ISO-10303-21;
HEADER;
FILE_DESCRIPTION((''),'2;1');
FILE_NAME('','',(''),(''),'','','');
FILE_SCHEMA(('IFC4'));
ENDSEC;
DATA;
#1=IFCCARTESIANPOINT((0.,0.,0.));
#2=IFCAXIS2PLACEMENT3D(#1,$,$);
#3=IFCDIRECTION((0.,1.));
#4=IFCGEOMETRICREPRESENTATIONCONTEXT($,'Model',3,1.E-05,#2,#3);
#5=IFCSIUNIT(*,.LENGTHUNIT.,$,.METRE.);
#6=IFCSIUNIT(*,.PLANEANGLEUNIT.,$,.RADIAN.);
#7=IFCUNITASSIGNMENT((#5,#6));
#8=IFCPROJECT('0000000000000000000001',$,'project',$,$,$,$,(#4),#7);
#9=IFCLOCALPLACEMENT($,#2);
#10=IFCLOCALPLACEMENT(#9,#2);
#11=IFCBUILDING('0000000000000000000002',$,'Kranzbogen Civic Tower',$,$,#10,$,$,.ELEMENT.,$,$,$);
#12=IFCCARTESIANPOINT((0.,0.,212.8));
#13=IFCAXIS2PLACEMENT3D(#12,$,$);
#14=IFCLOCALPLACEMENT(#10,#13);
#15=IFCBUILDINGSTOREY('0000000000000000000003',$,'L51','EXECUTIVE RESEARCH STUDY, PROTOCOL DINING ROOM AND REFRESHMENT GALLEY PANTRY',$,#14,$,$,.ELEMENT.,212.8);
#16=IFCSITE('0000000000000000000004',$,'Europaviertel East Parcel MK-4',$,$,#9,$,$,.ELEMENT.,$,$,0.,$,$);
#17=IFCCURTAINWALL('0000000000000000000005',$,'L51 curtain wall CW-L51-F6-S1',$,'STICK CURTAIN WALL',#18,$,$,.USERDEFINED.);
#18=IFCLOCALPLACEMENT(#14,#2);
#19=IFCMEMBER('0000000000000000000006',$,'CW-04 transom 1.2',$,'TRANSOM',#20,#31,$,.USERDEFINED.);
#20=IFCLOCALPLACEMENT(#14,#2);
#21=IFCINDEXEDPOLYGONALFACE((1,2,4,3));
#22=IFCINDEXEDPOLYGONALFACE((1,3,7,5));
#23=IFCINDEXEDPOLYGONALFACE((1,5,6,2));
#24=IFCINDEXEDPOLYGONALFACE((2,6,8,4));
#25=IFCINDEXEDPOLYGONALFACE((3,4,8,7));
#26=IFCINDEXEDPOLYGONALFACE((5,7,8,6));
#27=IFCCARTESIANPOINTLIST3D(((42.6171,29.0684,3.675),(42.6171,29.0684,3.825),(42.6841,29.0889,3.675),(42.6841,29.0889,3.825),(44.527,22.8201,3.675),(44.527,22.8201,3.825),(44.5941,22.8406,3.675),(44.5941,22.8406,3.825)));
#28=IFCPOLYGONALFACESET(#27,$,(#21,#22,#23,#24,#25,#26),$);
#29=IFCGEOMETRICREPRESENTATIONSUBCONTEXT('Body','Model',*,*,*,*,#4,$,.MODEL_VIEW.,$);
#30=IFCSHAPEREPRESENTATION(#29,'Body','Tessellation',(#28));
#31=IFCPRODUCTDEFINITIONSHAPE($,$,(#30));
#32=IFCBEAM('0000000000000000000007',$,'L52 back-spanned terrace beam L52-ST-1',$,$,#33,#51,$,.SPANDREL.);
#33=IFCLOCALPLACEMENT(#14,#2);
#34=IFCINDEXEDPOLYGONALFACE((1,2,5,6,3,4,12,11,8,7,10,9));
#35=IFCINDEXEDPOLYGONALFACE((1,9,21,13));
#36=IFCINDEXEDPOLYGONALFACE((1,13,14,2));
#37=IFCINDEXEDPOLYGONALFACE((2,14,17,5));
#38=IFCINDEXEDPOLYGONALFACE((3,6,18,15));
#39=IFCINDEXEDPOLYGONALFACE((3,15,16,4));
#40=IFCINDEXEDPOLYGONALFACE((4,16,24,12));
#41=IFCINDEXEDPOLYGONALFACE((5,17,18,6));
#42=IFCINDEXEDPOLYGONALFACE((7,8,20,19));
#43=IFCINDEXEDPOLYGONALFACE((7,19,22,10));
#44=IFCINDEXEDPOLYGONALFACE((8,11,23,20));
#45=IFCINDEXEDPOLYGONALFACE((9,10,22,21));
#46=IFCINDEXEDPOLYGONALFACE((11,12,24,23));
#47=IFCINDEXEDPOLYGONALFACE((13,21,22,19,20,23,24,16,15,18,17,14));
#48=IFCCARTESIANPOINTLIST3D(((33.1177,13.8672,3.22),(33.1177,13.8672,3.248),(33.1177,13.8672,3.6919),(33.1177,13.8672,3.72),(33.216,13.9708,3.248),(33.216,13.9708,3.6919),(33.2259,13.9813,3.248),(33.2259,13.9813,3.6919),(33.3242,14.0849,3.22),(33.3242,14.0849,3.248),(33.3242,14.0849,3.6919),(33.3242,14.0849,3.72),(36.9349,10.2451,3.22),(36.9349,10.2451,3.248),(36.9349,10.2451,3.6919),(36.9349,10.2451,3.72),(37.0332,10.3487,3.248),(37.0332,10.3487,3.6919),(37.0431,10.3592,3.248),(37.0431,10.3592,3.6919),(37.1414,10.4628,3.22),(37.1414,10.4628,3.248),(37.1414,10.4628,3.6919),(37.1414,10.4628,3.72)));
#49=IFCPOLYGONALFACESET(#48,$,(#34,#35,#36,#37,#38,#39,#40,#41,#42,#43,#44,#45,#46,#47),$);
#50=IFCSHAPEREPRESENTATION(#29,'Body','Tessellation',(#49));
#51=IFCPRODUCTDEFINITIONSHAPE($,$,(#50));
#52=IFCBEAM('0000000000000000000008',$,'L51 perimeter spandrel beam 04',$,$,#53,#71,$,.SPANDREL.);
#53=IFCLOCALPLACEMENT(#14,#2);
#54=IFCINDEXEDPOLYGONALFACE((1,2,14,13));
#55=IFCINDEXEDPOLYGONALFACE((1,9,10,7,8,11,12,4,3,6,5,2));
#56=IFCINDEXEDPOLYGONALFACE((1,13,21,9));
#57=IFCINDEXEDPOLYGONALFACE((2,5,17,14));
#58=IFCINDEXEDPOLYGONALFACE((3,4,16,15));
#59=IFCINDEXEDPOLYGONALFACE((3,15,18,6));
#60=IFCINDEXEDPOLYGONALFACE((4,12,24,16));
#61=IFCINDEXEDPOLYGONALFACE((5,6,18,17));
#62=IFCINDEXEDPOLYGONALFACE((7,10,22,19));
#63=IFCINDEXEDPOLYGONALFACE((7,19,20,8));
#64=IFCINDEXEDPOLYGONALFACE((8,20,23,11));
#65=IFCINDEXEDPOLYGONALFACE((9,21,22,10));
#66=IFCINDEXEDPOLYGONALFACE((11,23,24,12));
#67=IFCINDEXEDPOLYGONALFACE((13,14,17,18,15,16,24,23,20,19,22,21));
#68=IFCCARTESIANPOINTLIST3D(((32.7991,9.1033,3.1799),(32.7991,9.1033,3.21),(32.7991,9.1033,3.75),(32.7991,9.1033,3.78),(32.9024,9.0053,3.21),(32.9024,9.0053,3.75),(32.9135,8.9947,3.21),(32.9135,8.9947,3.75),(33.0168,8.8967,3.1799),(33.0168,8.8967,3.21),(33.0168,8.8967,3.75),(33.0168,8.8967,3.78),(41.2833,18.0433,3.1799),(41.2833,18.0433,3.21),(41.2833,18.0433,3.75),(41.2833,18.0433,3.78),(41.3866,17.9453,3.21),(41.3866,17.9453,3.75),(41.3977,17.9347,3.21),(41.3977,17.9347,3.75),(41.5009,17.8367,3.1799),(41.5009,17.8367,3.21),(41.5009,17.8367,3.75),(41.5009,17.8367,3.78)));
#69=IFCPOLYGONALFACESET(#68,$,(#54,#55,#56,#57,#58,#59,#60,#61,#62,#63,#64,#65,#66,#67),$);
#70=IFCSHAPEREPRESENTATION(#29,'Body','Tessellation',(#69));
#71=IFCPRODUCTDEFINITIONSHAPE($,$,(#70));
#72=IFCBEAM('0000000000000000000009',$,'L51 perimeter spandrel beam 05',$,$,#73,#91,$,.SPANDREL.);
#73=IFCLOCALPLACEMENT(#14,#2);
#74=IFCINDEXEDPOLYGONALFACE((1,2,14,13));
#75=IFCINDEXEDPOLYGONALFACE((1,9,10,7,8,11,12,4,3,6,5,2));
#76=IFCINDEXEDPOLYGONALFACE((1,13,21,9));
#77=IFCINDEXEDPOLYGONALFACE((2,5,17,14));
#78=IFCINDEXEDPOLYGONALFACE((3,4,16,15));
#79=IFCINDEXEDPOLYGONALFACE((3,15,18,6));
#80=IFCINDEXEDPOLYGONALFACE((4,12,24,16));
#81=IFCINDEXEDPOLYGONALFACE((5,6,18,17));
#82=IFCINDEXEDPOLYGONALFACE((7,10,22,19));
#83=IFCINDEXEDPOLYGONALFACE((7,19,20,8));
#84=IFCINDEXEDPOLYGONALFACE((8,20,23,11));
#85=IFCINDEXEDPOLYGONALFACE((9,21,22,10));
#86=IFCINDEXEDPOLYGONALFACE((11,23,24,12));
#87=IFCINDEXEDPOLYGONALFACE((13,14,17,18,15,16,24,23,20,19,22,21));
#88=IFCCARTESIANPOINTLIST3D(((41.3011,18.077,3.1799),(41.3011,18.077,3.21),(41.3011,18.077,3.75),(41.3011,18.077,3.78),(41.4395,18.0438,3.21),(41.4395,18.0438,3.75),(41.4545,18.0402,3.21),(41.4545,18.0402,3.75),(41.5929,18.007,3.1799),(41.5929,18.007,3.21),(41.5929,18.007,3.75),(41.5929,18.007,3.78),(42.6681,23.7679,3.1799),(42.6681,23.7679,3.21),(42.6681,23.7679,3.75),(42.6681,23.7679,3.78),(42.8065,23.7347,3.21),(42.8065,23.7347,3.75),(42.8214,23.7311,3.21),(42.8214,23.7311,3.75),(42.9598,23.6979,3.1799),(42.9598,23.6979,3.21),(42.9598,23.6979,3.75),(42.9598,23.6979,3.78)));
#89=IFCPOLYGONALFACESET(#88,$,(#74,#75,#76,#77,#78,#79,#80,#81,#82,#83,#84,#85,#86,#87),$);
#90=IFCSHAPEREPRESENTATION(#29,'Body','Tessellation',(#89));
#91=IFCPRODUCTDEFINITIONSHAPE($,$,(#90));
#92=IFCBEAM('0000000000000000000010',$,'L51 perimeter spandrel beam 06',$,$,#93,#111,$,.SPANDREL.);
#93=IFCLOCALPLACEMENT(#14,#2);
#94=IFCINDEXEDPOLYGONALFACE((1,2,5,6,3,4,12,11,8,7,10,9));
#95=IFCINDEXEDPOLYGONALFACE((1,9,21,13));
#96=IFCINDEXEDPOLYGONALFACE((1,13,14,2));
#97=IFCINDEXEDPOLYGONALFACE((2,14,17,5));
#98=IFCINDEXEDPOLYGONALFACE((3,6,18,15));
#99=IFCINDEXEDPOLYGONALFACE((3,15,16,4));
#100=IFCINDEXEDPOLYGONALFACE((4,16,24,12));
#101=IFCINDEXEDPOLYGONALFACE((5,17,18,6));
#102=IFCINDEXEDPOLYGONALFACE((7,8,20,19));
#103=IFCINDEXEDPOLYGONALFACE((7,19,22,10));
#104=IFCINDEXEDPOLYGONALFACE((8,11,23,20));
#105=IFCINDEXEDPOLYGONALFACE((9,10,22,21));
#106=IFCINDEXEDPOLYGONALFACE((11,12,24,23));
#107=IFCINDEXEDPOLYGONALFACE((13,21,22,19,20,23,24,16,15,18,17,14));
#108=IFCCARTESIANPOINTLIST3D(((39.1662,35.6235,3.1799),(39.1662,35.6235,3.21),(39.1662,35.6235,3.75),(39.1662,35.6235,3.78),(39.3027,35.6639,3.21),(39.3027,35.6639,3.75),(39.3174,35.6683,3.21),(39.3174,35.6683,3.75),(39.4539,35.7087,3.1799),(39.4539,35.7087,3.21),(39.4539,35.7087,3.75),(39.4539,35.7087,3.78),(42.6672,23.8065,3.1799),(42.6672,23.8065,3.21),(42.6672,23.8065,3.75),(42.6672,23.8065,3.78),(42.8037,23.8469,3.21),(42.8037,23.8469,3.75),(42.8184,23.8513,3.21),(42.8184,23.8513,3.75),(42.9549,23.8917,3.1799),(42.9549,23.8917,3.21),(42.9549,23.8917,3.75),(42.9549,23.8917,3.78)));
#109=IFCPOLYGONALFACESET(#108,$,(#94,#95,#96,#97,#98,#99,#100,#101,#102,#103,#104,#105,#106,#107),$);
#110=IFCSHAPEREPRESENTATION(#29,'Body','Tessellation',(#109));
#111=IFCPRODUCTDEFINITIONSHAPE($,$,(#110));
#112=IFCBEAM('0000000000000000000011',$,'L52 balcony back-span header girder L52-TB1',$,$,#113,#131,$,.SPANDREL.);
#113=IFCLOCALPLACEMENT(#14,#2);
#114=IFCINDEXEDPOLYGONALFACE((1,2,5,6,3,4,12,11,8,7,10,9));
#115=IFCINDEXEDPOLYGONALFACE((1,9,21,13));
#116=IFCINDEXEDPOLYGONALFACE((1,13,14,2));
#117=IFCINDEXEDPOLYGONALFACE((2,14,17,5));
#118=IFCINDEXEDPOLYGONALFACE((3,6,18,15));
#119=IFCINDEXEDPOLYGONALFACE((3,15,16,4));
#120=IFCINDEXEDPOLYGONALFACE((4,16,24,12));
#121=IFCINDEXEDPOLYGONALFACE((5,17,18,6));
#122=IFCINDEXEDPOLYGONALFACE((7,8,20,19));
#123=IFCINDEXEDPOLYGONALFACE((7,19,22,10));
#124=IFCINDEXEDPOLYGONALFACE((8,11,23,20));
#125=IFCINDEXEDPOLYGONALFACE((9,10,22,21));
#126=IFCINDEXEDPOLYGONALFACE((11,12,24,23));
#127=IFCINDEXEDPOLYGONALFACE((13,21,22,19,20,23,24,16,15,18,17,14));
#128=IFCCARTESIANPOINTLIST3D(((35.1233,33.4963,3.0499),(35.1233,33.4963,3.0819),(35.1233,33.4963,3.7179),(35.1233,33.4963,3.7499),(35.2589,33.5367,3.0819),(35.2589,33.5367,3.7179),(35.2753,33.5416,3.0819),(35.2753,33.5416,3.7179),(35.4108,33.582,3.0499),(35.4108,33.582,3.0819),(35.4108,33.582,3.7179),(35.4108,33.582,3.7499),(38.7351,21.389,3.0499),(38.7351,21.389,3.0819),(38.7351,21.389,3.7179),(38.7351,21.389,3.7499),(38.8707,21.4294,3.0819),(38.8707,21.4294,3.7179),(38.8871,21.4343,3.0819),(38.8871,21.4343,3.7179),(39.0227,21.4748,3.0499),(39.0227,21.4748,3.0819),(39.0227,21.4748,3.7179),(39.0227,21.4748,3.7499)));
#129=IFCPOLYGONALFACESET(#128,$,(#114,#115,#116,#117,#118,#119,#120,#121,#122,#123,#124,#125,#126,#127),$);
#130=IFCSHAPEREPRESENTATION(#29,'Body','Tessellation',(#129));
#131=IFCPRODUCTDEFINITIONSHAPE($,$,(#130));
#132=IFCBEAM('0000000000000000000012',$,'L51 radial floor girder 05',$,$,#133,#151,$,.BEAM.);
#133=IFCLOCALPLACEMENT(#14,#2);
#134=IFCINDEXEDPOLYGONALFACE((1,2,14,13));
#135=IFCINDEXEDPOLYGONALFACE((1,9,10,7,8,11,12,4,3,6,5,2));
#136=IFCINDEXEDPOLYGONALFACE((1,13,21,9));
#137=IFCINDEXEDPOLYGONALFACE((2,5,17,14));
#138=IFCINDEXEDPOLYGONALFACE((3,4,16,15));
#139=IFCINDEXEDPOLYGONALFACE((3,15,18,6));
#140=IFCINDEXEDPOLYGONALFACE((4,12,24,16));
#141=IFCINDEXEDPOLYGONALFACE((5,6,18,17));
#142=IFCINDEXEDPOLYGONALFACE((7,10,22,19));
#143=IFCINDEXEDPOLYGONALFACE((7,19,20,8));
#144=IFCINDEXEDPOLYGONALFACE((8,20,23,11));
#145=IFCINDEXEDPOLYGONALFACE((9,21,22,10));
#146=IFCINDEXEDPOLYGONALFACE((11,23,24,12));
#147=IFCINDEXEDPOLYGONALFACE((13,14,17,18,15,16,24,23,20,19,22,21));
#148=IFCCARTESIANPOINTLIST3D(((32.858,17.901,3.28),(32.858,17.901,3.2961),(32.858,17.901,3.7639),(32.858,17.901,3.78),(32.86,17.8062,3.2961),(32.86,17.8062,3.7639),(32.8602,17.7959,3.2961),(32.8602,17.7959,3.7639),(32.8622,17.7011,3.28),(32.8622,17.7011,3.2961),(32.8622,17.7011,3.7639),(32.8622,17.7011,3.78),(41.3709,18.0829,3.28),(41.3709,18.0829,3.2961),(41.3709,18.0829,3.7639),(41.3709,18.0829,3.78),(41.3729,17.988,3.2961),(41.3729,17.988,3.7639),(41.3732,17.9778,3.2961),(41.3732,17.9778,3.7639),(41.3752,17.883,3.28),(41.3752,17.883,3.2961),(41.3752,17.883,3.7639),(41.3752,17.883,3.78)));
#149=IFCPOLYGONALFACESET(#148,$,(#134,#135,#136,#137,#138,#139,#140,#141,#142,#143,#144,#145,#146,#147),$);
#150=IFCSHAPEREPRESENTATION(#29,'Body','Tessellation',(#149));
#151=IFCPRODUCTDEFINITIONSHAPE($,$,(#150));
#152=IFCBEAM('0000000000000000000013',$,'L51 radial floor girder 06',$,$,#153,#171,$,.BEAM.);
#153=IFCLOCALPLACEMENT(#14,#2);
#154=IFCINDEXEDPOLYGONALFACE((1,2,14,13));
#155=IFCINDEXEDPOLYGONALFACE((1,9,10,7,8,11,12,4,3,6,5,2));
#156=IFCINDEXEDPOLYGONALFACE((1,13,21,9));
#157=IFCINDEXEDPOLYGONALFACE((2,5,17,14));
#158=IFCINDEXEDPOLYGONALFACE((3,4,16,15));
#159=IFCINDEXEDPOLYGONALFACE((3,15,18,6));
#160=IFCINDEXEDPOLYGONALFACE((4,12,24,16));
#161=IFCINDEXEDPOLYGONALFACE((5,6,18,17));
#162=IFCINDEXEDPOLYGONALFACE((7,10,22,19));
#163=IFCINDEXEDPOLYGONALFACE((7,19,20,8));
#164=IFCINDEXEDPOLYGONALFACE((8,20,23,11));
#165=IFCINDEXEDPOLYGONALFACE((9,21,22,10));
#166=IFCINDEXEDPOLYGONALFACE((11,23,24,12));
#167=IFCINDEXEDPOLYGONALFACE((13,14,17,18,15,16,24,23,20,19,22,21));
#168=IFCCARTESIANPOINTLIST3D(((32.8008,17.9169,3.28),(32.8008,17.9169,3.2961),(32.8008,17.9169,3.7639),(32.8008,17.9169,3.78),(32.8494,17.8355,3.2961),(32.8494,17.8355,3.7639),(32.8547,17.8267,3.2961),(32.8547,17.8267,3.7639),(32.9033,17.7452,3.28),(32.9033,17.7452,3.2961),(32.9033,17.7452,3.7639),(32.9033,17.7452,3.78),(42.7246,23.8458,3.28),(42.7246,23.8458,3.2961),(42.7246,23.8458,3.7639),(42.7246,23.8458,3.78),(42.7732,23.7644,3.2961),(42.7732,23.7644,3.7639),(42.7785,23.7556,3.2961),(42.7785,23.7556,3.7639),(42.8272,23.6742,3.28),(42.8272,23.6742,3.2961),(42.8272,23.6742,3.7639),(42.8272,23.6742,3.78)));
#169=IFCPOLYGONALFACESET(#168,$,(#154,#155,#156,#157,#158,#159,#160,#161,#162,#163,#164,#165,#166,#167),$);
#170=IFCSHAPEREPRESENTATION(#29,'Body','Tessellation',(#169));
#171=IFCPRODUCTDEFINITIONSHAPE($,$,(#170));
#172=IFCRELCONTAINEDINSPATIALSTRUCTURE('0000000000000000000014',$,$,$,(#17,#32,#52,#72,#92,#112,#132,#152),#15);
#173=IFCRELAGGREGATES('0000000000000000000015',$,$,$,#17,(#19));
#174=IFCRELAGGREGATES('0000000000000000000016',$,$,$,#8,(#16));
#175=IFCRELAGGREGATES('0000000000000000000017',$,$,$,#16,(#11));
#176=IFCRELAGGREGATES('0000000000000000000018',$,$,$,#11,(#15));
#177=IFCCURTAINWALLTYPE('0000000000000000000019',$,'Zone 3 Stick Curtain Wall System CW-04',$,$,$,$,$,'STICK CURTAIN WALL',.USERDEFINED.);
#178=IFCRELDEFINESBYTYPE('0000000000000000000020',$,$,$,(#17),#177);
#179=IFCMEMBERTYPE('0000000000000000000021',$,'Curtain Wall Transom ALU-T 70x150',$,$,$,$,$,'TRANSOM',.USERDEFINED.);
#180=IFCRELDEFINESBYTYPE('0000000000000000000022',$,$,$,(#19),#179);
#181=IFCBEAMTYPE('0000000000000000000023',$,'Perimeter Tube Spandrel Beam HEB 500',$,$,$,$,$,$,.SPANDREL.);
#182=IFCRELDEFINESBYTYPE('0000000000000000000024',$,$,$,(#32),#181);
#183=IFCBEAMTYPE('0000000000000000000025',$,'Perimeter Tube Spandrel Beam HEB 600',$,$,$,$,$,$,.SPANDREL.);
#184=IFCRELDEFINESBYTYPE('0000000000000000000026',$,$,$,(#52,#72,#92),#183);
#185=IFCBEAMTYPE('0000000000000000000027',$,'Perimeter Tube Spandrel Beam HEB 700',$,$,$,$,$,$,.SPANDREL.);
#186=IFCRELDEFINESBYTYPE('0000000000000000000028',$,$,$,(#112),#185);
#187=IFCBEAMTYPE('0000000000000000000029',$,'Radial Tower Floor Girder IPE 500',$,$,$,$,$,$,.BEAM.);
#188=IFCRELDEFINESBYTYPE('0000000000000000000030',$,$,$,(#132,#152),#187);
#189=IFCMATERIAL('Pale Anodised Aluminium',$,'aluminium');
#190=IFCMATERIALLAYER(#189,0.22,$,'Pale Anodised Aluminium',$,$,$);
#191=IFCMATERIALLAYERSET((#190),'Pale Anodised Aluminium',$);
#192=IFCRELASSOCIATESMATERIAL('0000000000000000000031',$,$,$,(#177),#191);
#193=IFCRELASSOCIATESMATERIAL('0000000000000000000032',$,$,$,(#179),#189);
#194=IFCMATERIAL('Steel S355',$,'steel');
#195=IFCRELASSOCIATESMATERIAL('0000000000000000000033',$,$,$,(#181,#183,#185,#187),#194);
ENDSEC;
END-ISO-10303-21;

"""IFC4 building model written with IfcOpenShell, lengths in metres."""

from ifc_helpers import new_model, si_unit, direction, frame, origin, origin_2d, place, context, subcontext, project, spatial, rectangle, i_section, extrude, material, layer, layer_set, material_profile, profile_set, type_object, element, aggregate, save


model = new_model("IFC4")

# Units and contexts
model_context = context("Model", 3, precision=1e-05, world=origin(), true_north=direction((0.0, 1.0)))
body_context = subcontext(model_context, "Body", "Model", "MODEL_VIEW")
ifc_project = project(units=[si_unit("LENGTHUNIT", "METRE"), si_unit("PLANEANGLEUNIT", "RADIAN")], contexts=[model_context])

# Site, building, storey
site_placement = place(None, origin())
site = spatial("IfcSite", under=ifc_project, at=site_placement, Name="Europaviertel East Parcel MK-4", CompositionType="ELEMENT", RefElevation=0.0)
building_placement = place(site_placement, origin())
building = spatial("IfcBuilding", under=site, at=building_placement, Name="Kranzbogen Civic Tower", CompositionType="ELEMENT")
storey_placement = place(building_placement, frame((0.0, 0.0, 212.8)))
storey = spatial("IfcBuildingStorey", under=building, at=storey_placement, Name="L51", Description="EXECUTIVE RESEARCH STUDY, PROTOCOL DINING ROOM AND REFRESHMENT GALLEY PANTRY", CompositionType="ELEMENT", Elevation=212.8)

# Shared definitions
ifc_material_1 = material(Name="Steel S355", Category="steel")

# Shared definitions
ifc_material_2 = material(Name="Pale Anodised Aluminium", Category="aluminium")
ifc_layer_1 = layer(ifc_material_2, 0.22, Name="Pale Anodised Aluminium")
ifc_layer_set_1 = layer_set([ifc_layer_1], Name="Pale Anodised Aluminium")
curtain_wall_type = type_object("IfcCurtainWallType", Name="Zone 3 Stick Curtain Wall System CW-04", ElementType="STICK CURTAIN WALL", PredefinedType="USERDEFINED", material=ifc_layer_set_1)

# Curtain wall
curtain_wall_1_placement = place(storey_placement, origin())
curtain_wall_1 = element("IfcCurtainWall", 1, at=curtain_wall_1_placement, inside=storey, type_object=curtain_wall_type, Name="L51 curtain wall CW-L51-F6-S1", ObjectType="STICK CURTAIN WALL", PredefinedType="USERDEFINED")

# Member
ifc_material_profile_1 = material_profile(ifc_material_2, rectangle(XDim=0.0701, YDim=0.1499, at=origin_2d()), Name="ALU-T 70x150")
ifc_profile_set_1 = profile_set([ifc_material_profile_1], Name="Pale Anodised Aluminium")
member_type_1 = type_object("IfcMemberType", Name="Curtain Wall Transom ALU-T 70x150", ElementType="TRANSOM", PredefinedType="USERDEFINED", material=ifc_profile_set_1)
member_1_placement = place(storey_placement, frame((44.5605, 22.8303, 3.75), z_axis=(-0.292318, 0.956321, 0.0), x_axis=(-0.956321, -0.292318, 0.0)))
member_1 = element("IfcMember", 2, at=member_1_placement, type_object=member_type_1, Name="CW-04 transom 1.2", ObjectType="TRANSOM", PredefinedType="USERDEFINED", context=body_context, shape_type="SweptSolid", body=[
    extrude(rectangle(XDim=0.0701, YDim=0.1499, at=origin_2d()), origin(), (0.0, 0.0, 1.0), 6.5337),
])
aggregate(curtain_wall_1, [member_1])

# Beams
ifc_material_profile_2 = material_profile(ifc_material_1, i_section(OverallWidth=0.3, OverallDepth=0.5, WebThickness=0.0144, FlangeThickness=0.0281, at=origin_2d()), Name="HEB 500")
ifc_profile_set_2 = profile_set([ifc_material_profile_2], Name="Steel S355")
beam_type_1 = type_object("IfcBeamType", Name="Perimeter Tube Spandrel Beam HEB 500", PredefinedType="SPANDREL", material=ifc_profile_set_2)
beam_1_placement = place(storey_placement, frame((33.2209, 13.9761, 3.47), z_axis=(0.725399, -0.688329, 0.0), x_axis=(0.688329, 0.725399, 0.0)))
element("IfcBeam", 3, at=beam_1_placement, inside=storey, type_object=beam_type_1, Name="L52 back-spanned terrace beam L52-ST-1", PredefinedType="SPANDREL", context=body_context, shape_type="SweptSolid", body=[
    extrude(i_section(OverallWidth=0.3, OverallDepth=0.5, WebThickness=0.0144, FlangeThickness=0.0281, at=origin_2d()), origin(), (0.0, 0.0, 1.0), 5.2622),
])
ifc_material_profile_3 = material_profile(ifc_material_1, i_section(OverallWidth=0.3, OverallDepth=0.6001, WebThickness=0.0154, FlangeThickness=0.03, at=origin_2d()), Name="HEB 600")
ifc_profile_set_3 = profile_set([ifc_material_profile_3], Name="Steel S355")
beam_type_2 = type_object("IfcBeamType", Name="Perimeter Tube Spandrel Beam HEB 600", PredefinedType="SPANDREL", material=ifc_profile_set_3)
beam_2_placement = place(storey_placement, frame((32.908, 9.0, 3.48), z_axis=(0.688373, 0.725356, 0.0), x_axis=(-0.725356, 0.688373, 0.0)))
element("IfcBeam", 4, at=beam_2_placement, inside=storey, type_object=beam_type_2, Name="L51 perimeter spandrel beam 04", PredefinedType="SPANDREL", context=body_context, shape_type="SweptSolid", body=[
    extrude(i_section(OverallWidth=0.3, OverallDepth=0.6001, WebThickness=0.0154, FlangeThickness=0.03, at=origin_2d()), origin(), (0.0, 0.0, 1.0), 12.325),
])
beam_3_placement = place(storey_placement, frame((41.447, 18.042, 3.48), z_axis=(0.233554, 0.972344, 0.0), x_axis=(-0.972344, 0.233554, 0.0)))
element("IfcBeam", 5, at=beam_3_placement, inside=storey, type_object=beam_type_2, Name="L51 perimeter spandrel beam 05", PredefinedType="SPANDREL", context=body_context, shape_type="SweptSolid", body=[
    extrude(i_section(OverallWidth=0.3, OverallDepth=0.6001, WebThickness=0.0154, FlangeThickness=0.03, at=origin_2d()), origin(), (0.0, 0.0, 1.0), 5.8528),
])
beam_4_placement = place(storey_placement, frame((42.811, 23.8491, 3.48), z_axis=(-0.284064, 0.958805, 0.0), x_axis=(-0.958805, -0.284064, 0.0)))
element("IfcBeam", 6, at=beam_4_placement, inside=storey, type_object=beam_type_2, Name="L51 perimeter spandrel beam 06", PredefinedType="SPANDREL", context=body_context, shape_type="SweptSolid", body=[
    extrude(i_section(OverallWidth=0.3, OverallDepth=0.6001, WebThickness=0.0154, FlangeThickness=0.03, at=origin_2d()), origin(), (0.0, 0.0, 1.0), 12.3247),
])
ifc_material_profile_4 = material_profile(ifc_material_1, i_section(OverallWidth=0.3, OverallDepth=0.7, WebThickness=0.0171, FlangeThickness=0.032, at=origin_2d()), Name="HEB 700")
ifc_profile_set_4 = profile_set([ifc_material_profile_4], Name="Steel S355")
beam_type_3 = type_object("IfcBeamType", Name="Perimeter Tube Spandrel Beam HEB 700", PredefinedType="SPANDREL", material=ifc_profile_set_4)
beam_5_placement = place(storey_placement, frame((38.8789, 21.4319, 3.3999), z_axis=(-0.285871, 0.958268, 0.0), x_axis=(-0.958268, -0.285871, 0.0)))
element("IfcBeam", 7, at=beam_5_placement, inside=storey, type_object=beam_type_3, Name="L52 balcony back-span header girder L52-TB1", PredefinedType="SPANDREL", context=body_context, shape_type="SweptSolid", body=[
    extrude(i_section(OverallWidth=0.3, OverallDepth=0.7, WebThickness=0.0171, FlangeThickness=0.032, at=origin_2d()), origin(), (0.0, 0.0, 1.0), 12.6345),
])
ifc_material_profile_5 = material_profile(ifc_material_1, i_section(OverallWidth=0.2, OverallDepth=0.5, WebThickness=0.0103, FlangeThickness=0.0161, at=origin_2d()), Name="IPE 500")
ifc_profile_set_5 = profile_set([ifc_material_profile_5], Name="Steel S355")
beam_type_4 = type_object("IfcBeamType", Name="Radial Tower Floor Girder IPE 500", PredefinedType="BEAM", material=ifc_profile_set_5)
beam_6_placement = place(storey_placement, frame((41.373, 17.9829, 3.53), z_axis=(-0.999772, -0.021361, 0.0), x_axis=(0.021361, -0.999772, 0.0)))
element("IfcBeam", 8, at=beam_6_placement, inside=storey, type_object=beam_type_4, Name="L51 radial floor girder 05", PredefinedType="BEAM", context=body_context, shape_type="SweptSolid", body=[
    extrude(i_section(OverallWidth=0.2, OverallDepth=0.5, WebThickness=0.0103, FlangeThickness=0.0161, at=origin_2d()), origin(), (0.0, 0.0, 1.0), 8.5149),
])
beam_7_placement = place(storey_placement, frame((42.7759, 23.76, 3.53), z_axis=(-0.858459, -0.512883, 0.0), x_axis=(0.512883, -0.858459, 0.0)))
element("IfcBeam", 9, at=beam_7_placement, inside=storey, type_object=beam_type_4, Name="L51 radial floor girder 06", PredefinedType="BEAM", context=body_context, shape_type="SweptSolid", body=[
    extrude(i_section(OverallWidth=0.2, OverallDepth=0.5, WebThickness=0.0103, FlangeThickness=0.0161, at=origin_2d()), origin(), (0.0, 0.0, 1.0), 11.5601),
])

save(model, "model.ifc")
